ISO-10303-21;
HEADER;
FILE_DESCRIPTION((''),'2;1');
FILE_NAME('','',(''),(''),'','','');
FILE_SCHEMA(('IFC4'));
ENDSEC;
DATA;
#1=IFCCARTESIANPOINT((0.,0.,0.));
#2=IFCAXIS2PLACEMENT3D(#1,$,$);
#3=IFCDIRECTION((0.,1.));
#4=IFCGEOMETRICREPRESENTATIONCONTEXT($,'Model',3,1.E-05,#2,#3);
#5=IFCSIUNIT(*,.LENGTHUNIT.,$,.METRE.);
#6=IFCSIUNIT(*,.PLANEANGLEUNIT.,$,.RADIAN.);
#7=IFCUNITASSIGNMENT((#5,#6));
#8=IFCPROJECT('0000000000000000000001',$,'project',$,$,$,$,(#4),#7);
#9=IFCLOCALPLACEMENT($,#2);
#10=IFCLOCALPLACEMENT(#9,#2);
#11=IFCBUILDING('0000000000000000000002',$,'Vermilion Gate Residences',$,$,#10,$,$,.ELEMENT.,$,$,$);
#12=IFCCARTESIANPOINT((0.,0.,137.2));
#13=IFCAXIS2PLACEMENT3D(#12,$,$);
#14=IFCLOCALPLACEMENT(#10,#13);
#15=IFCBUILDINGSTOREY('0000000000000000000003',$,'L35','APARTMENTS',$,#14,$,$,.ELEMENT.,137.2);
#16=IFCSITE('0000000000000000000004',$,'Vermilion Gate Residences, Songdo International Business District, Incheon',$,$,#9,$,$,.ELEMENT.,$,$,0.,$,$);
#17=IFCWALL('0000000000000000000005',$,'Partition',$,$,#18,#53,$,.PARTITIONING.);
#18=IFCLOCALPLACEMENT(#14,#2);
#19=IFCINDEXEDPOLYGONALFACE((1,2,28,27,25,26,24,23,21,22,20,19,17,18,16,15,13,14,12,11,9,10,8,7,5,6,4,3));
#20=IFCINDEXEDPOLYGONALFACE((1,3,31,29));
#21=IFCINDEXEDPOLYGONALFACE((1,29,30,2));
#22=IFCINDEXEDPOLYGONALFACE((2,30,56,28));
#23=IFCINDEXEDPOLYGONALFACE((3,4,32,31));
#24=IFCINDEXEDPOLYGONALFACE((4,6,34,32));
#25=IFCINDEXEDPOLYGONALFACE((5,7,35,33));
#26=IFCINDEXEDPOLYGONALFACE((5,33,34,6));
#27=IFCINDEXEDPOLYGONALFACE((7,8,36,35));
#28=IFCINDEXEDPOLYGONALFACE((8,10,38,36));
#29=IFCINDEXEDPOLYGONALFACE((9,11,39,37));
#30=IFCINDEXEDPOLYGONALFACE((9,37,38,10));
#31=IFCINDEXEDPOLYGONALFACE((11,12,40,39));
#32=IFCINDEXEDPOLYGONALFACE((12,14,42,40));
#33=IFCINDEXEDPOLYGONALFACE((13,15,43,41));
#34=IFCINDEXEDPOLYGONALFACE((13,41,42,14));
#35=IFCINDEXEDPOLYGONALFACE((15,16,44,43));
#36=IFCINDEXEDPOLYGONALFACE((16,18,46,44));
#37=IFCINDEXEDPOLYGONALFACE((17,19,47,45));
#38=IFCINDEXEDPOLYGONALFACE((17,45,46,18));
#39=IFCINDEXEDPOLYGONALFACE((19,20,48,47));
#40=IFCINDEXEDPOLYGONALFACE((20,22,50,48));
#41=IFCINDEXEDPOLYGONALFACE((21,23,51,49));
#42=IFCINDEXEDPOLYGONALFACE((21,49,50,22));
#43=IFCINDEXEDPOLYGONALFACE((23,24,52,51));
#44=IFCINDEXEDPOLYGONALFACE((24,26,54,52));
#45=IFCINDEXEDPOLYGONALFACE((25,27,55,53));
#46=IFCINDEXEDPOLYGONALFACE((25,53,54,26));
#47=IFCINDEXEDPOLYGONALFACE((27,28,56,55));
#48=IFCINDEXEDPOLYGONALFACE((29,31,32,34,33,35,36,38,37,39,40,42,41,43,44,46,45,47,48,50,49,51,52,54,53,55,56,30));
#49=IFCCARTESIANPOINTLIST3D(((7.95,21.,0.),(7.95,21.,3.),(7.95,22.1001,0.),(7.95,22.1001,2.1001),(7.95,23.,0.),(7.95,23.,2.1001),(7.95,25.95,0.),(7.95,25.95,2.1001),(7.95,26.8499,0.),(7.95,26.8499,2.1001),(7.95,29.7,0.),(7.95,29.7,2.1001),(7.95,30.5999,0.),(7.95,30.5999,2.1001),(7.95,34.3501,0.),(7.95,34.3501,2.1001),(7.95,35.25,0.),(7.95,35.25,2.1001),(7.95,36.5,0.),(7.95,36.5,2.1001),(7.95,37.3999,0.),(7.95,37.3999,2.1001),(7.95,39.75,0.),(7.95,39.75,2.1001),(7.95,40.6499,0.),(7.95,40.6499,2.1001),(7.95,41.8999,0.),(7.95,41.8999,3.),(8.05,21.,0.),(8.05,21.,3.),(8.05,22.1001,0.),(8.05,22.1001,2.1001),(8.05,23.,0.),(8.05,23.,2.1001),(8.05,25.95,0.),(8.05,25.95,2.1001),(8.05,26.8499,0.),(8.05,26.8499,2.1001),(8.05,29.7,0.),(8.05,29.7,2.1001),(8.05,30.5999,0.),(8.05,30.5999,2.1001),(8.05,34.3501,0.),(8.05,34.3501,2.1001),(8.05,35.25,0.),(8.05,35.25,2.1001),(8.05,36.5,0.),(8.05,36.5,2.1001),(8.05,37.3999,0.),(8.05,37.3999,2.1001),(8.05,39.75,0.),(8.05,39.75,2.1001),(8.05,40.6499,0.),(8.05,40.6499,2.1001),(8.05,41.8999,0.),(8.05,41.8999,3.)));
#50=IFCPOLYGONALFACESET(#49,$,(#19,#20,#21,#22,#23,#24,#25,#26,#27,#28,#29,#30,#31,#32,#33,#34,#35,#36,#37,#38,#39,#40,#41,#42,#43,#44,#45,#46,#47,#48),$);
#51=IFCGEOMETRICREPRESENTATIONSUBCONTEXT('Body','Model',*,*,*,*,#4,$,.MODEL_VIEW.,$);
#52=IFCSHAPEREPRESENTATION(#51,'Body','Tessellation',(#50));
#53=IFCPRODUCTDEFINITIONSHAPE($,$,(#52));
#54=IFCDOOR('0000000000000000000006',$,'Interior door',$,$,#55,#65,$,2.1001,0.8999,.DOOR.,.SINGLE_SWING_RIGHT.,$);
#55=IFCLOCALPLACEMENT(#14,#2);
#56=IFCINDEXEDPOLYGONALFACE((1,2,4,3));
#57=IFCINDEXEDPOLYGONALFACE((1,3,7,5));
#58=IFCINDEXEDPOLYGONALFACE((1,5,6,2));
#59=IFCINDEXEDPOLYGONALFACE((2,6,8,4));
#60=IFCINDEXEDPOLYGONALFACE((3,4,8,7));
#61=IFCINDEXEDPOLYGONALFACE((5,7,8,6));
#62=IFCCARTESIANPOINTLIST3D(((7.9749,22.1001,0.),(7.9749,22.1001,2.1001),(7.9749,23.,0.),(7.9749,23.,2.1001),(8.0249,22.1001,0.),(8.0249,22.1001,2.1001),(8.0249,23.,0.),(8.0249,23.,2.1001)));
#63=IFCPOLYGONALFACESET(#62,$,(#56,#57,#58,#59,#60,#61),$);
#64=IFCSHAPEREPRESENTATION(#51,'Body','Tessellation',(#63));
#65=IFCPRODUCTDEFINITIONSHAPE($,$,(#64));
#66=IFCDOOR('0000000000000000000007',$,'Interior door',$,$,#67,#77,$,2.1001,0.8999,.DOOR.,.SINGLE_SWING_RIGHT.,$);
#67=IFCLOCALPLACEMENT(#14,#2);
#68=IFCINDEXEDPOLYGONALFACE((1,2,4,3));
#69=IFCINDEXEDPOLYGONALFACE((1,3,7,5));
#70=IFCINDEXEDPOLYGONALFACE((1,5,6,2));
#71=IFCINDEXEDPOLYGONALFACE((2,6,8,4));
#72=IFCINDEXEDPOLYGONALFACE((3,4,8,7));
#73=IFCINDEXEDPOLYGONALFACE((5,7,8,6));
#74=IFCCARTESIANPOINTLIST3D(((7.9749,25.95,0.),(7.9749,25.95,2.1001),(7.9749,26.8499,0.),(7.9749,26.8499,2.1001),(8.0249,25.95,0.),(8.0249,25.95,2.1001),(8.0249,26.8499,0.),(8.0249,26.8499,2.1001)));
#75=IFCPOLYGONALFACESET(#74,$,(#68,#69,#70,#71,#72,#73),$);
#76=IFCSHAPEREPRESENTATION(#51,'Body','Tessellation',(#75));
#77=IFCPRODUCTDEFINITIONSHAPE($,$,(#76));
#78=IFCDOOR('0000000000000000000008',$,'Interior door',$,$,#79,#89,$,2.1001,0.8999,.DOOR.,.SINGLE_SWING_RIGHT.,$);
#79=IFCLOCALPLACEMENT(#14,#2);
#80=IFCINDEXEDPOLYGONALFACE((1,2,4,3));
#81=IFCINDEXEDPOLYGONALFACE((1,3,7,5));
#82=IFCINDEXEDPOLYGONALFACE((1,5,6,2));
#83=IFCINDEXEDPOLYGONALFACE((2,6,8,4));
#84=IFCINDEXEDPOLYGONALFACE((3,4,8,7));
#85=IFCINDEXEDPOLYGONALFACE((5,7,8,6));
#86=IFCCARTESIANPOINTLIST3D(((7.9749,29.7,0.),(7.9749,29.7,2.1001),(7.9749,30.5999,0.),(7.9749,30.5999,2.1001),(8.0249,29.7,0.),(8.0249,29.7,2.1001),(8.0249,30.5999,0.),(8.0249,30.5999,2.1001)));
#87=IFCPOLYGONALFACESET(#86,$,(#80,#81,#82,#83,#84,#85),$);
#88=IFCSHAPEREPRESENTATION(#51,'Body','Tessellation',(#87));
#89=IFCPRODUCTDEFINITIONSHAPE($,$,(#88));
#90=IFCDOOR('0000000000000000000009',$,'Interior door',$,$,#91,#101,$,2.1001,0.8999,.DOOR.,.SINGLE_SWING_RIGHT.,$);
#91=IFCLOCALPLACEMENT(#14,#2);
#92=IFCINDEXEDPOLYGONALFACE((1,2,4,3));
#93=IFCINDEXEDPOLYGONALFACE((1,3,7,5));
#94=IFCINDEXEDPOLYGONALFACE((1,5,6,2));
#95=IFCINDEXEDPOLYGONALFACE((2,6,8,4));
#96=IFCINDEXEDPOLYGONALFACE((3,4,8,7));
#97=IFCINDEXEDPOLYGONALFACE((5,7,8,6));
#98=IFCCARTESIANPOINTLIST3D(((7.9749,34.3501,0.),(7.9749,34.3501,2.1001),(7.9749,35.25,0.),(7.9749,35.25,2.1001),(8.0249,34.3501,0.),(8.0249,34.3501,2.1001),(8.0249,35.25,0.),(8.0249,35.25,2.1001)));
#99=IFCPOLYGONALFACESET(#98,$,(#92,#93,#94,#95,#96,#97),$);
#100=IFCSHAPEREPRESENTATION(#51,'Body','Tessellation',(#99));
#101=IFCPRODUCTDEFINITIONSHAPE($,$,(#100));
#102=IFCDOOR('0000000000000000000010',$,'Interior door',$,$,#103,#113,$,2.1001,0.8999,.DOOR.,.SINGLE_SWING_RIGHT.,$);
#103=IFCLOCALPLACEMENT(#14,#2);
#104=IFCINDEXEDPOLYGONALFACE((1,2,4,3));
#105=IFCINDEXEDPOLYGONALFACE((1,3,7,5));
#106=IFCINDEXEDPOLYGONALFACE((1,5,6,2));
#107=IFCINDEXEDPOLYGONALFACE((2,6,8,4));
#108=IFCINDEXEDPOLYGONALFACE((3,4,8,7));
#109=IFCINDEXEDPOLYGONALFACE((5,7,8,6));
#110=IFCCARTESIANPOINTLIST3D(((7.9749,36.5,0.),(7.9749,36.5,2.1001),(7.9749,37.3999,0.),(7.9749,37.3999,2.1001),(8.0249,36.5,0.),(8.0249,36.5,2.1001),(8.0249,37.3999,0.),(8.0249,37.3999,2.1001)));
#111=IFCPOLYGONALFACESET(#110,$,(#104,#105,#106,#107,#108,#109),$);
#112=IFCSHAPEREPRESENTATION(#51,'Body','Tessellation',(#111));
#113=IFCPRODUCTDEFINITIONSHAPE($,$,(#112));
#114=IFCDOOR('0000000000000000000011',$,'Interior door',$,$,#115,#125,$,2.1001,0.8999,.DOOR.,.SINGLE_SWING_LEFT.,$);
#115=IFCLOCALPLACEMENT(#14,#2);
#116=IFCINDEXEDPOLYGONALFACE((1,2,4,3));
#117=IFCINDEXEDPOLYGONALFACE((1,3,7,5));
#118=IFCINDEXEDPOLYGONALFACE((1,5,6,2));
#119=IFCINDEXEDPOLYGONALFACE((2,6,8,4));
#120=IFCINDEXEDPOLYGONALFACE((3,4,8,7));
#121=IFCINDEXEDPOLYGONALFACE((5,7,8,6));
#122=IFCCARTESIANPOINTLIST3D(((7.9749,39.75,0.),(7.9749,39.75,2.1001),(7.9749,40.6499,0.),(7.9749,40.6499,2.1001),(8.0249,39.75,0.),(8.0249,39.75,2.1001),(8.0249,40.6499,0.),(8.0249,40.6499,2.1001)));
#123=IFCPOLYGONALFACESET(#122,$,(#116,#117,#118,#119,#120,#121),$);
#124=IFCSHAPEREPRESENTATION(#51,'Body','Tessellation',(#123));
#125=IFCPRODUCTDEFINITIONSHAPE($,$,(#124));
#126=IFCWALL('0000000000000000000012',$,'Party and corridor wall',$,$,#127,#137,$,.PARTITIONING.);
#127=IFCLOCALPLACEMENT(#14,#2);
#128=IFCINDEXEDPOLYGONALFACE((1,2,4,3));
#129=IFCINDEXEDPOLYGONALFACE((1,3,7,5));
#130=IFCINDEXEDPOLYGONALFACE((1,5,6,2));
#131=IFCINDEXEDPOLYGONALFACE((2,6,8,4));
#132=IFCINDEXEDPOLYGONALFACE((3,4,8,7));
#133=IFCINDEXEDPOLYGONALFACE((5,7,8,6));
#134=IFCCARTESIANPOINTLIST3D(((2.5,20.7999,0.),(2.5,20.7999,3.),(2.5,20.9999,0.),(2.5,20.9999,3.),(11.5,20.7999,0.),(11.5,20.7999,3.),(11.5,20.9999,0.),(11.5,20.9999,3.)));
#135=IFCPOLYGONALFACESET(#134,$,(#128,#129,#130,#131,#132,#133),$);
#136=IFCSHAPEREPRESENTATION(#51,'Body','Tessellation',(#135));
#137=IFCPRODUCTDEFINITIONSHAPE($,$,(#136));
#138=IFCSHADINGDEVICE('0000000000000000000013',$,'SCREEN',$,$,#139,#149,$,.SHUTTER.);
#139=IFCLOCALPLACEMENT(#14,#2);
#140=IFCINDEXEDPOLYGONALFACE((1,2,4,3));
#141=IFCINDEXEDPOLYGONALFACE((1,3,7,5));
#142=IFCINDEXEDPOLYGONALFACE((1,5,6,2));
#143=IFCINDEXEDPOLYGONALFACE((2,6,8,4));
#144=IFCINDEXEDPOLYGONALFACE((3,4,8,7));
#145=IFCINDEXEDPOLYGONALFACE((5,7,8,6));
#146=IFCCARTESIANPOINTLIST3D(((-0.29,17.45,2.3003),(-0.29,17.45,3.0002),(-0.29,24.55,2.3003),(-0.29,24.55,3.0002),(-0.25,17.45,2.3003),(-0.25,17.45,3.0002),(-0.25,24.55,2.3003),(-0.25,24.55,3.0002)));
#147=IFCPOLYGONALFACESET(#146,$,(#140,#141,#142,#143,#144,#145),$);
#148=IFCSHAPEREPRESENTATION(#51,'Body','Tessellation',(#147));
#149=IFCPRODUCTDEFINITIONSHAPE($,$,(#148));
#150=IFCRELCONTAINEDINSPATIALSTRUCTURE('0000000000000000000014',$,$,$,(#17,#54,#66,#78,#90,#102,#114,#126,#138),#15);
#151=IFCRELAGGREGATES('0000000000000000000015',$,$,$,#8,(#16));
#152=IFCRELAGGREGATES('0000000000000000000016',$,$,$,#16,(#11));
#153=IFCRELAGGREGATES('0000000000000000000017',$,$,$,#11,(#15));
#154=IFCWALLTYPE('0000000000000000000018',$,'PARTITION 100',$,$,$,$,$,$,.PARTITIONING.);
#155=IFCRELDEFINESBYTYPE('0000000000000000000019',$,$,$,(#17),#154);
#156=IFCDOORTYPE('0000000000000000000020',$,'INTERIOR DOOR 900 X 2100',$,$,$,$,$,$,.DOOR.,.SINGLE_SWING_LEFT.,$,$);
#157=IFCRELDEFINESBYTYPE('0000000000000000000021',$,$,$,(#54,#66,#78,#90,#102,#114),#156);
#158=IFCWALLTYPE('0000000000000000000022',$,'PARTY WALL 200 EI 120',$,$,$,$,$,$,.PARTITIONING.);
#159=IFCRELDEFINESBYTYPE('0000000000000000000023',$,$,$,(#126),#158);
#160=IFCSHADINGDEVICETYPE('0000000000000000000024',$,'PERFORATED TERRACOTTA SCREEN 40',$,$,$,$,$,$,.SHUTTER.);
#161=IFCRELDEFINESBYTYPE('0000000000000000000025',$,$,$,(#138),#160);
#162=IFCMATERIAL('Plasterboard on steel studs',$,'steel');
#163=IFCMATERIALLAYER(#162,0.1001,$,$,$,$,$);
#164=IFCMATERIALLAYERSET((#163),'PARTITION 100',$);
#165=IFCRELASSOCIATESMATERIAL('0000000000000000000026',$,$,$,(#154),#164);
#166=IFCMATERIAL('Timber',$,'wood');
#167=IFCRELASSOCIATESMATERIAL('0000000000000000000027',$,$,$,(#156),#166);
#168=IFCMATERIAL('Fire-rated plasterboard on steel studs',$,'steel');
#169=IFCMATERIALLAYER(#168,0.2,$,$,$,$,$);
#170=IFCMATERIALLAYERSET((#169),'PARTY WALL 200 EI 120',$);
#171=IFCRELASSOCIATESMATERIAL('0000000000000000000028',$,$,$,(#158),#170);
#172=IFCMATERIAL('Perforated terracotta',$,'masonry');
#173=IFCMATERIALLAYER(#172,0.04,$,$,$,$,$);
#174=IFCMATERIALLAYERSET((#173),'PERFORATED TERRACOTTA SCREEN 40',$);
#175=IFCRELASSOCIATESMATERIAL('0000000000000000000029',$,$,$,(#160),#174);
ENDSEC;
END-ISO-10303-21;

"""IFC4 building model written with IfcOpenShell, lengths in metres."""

from ifc_helpers import new_model, si_unit, direction, frame, frame_2d, origin, origin_2d, place, context, subcontext, project, spatial, rectangle, extrude, material, layer, layer_set, type_object, element, fill, save


model = new_model("IFC4")

# Units and contexts
model_context = context("Model", 3, precision=1e-05, world=origin(), true_north=direction((0.0, 1.0)))
body_context = subcontext(model_context, "Body", "Model", "MODEL_VIEW")
ifc_project = project(units=[si_unit("LENGTHUNIT", "METRE"), si_unit("PLANEANGLEUNIT", "RADIAN")], contexts=[model_context])

# Site, building, storey
site_placement = place(None, origin())
site = spatial("IfcSite", under=ifc_project, at=site_placement, Name="Vermilion Gate Residences, Songdo International Business District, Incheon", CompositionType="ELEMENT", RefElevation=0.0)
building_placement = place(site_placement, origin())
building = spatial("IfcBuilding", under=site, at=building_placement, Name="Vermilion Gate Residences", CompositionType="ELEMENT")
storey_placement = place(building_placement, frame((0.0, 0.0, 137.2)))
storey = spatial("IfcBuildingStorey", under=building, at=storey_placement, Name="L35", Description="APARTMENTS", CompositionType="ELEMENT", Elevation=137.2)

# Shared definitions
ifc_material_1 = material(Name="Plasterboard on steel studs", Category="steel")
ifc_layer_1 = layer(ifc_material_1, 0.1001)
ifc_layer_set_1 = layer_set([ifc_layer_1], Name="PARTITION 100")
wall_type_1 = type_object("IfcWallType", Name="PARTITION 100", PredefinedType="PARTITIONING", material=ifc_layer_set_1)

# Shared definitions
ifc_material_2 = material(Name="Timber", Category="wood")
door_type = type_object("IfcDoorType", Name="INTERIOR DOOR 900 X 2100", OperationType="SINGLE_SWING_LEFT", PredefinedType="DOOR", material=ifc_material_2)

# Wall, openings, doors
wall_1_placement = place(storey_placement, frame((8.0, 21.0, 0.0), z_axis=(0.0, 0.0, 1.0), x_axis=(0.0, 1.0, 0.0)))
wall_1 = element("IfcWall", 1, at=wall_1_placement, inside=storey, type_object=wall_type_1, Name="Partition", PredefinedType="PARTITIONING", context=body_context, shape_type="SweptSolid", body=[
    extrude(rectangle(XDim=20.8999, YDim=0.1001, at=frame_2d((10.45, 0.0))), origin(), (0.0, 0.0, 1.0), 3.0),
])
opening_1_placement = place(wall_1_placement, frame((1.1001, 0.0, 0.0)))
opening_1 = element("IfcOpeningElement", 2, at=opening_1_placement, cuts=wall_1, PredefinedType="OPENING", context=body_context, shape_type="SweptSolid", body=[
    extrude(rectangle(XDim=0.8999, YDim=2.1001, at=frame_2d((0.45, 1.05))), frame((0.0, 0.0601, 0.0), z_axis=(0.0, -1.0, 0.0), x_axis=(1.0, 0.0, 0.0)), (0.0, 0.0, 1.0), 0.1201),
])
opening_2_placement = place(wall_1_placement, frame((4.95, 0.0, 0.0)))
opening_2 = element("IfcOpeningElement", 3, at=opening_2_placement, cuts=wall_1, PredefinedType="OPENING", context=body_context, shape_type="SweptSolid", body=[
    extrude(rectangle(XDim=0.8999, YDim=2.1001, at=frame_2d((0.45, 1.05))), frame((0.0, 0.0601, 0.0), z_axis=(0.0, -1.0, 0.0), x_axis=(1.0, 0.0, 0.0)), (0.0, 0.0, 1.0), 0.1201),
])
opening_3_placement = place(wall_1_placement, frame((8.7, 0.0, 0.0)))
opening_3 = element("IfcOpeningElement", 4, at=opening_3_placement, cuts=wall_1, PredefinedType="OPENING", context=body_context, shape_type="SweptSolid", body=[
    extrude(rectangle(XDim=0.8999, YDim=2.1001, at=frame_2d((0.45, 1.05))), frame((0.0, 0.0601, 0.0), z_axis=(0.0, -1.0, 0.0), x_axis=(1.0, 0.0, 0.0)), (0.0, 0.0, 1.0), 0.1201),
])
opening_4_placement = place(wall_1_placement, frame((13.3501, 0.0, 0.0)))
opening_4 = element("IfcOpeningElement", 5, at=opening_4_placement, cuts=wall_1, PredefinedType="OPENING", context=body_context, shape_type="SweptSolid", body=[
    extrude(rectangle(XDim=0.8999, YDim=2.1001, at=frame_2d((0.45, 1.05))), frame((0.0, 0.0601, 0.0), z_axis=(0.0, -1.0, 0.0), x_axis=(1.0, 0.0, 0.0)), (0.0, 0.0, 1.0), 0.1201),
])
opening_5_placement = place(wall_1_placement, frame((15.5, 0.0, 0.0)))
opening_5 = element("IfcOpeningElement", 6, at=opening_5_placement, cuts=wall_1, PredefinedType="OPENING", context=body_context, shape_type="SweptSolid", body=[
    extrude(rectangle(XDim=0.8999, YDim=2.1001, at=frame_2d((0.45, 1.05))), frame((0.0, 0.0601, 0.0), z_axis=(0.0, -1.0, 0.0), x_axis=(1.0, 0.0, 0.0)), (0.0, 0.0, 1.0), 0.1201),
])
opening_6_placement = place(wall_1_placement, frame((18.75, 0.0, 0.0)))
opening_6 = element("IfcOpeningElement", 7, at=opening_6_placement, cuts=wall_1, PredefinedType="OPENING", context=body_context, shape_type="SweptSolid", body=[
    extrude(rectangle(XDim=0.8999, YDim=2.1001, at=frame_2d((0.45, 1.05))), frame((0.0, 0.0601, 0.0), z_axis=(0.0, -1.0, 0.0), x_axis=(1.0, 0.0, 0.0)), (0.0, 0.0, 1.0), 0.1201),
])
door_1_placement = place(opening_1_placement, frame((0.8999, 0.0, 0.0), z_axis=(0.0, 0.0, 1.0), x_axis=(-1.0, 0.0, 0.0)))
door_1 = element("IfcDoor", 8, at=door_1_placement, inside=storey, type_object=door_type, Name="Interior door", OperationType="SINGLE_SWING_RIGHT", OverallHeight=2.1001, OverallWidth=0.8999, PredefinedType="DOOR", context=body_context, shape_type="SweptSolid", body=[
    extrude(rectangle(XDim=0.8999, YDim=2.1001, at=frame_2d((0.45, 1.05))), frame((0.0, 0.0249, 0.0), z_axis=(0.0, -1.0, 0.0), x_axis=(1.0, 0.0, 0.0)), (0.0, 0.0, 1.0), 0.05),
])
fill(opening_1, door_1)
door_2_placement = place(opening_2_placement, frame((0.8999, 0.0, 0.0), z_axis=(0.0, 0.0, 1.0), x_axis=(-1.0, 0.0, 0.0)))
door_2 = element("IfcDoor", 9, at=door_2_placement, inside=storey, type_object=door_type, Name="Interior door", OperationType="SINGLE_SWING_RIGHT", OverallHeight=2.1001, OverallWidth=0.8999, PredefinedType="DOOR", context=body_context, shape_type="SweptSolid", body=[
    extrude(rectangle(XDim=0.8999, YDim=2.1001, at=frame_2d((0.45, 1.05))), frame((0.0, 0.0249, 0.0), z_axis=(0.0, -1.0, 0.0), x_axis=(1.0, 0.0, 0.0)), (0.0, 0.0, 1.0), 0.05),
])
fill(opening_2, door_2)
door_3_placement = place(opening_3_placement, frame((0.8999, 0.0, 0.0), z_axis=(0.0, 0.0, 1.0), x_axis=(-1.0, 0.0, 0.0)))
door_3 = element("IfcDoor", 10, at=door_3_placement, inside=storey, type_object=door_type, Name="Interior door", OperationType="SINGLE_SWING_RIGHT", OverallHeight=2.1001, OverallWidth=0.8999, PredefinedType="DOOR", context=body_context, shape_type="SweptSolid", body=[
    extrude(rectangle(XDim=0.8999, YDim=2.1001, at=frame_2d((0.45, 1.05))), frame((0.0, 0.0249, 0.0), z_axis=(0.0, -1.0, 0.0), x_axis=(1.0, 0.0, 0.0)), (0.0, 0.0, 1.0), 0.05),
])
fill(opening_3, door_3)
door_4_placement = place(opening_4_placement, frame((0.8999, 0.0, 0.0), z_axis=(0.0, 0.0, 1.0), x_axis=(-1.0, 0.0, 0.0)))
door_4 = element("IfcDoor", 11, at=door_4_placement, inside=storey, type_object=door_type, Name="Interior door", OperationType="SINGLE_SWING_RIGHT", OverallHeight=2.1001, OverallWidth=0.8999, PredefinedType="DOOR", context=body_context, shape_type="SweptSolid", body=[
    extrude(rectangle(XDim=0.8999, YDim=2.1001, at=frame_2d((0.45, 1.05))), frame((0.0, 0.0249, 0.0), z_axis=(0.0, -1.0, 0.0), x_axis=(1.0, 0.0, 0.0)), (0.0, 0.0, 1.0), 0.05),
])
fill(opening_4, door_4)
door_5_placement = place(opening_5_placement, frame((0.8999, 0.0, 0.0), z_axis=(0.0, 0.0, 1.0), x_axis=(-1.0, 0.0, 0.0)))
door_5 = element("IfcDoor", 12, at=door_5_placement, inside=storey, type_object=door_type, Name="Interior door", OperationType="SINGLE_SWING_RIGHT", OverallHeight=2.1001, OverallWidth=0.8999, PredefinedType="DOOR", context=body_context, shape_type="SweptSolid", body=[
    extrude(rectangle(XDim=0.8999, YDim=2.1001, at=frame_2d((0.45, 1.05))), frame((0.0, 0.0249, 0.0), z_axis=(0.0, -1.0, 0.0), x_axis=(1.0, 0.0, 0.0)), (0.0, 0.0, 1.0), 0.05),
])
fill(opening_5, door_5)
door_6_placement = place(opening_6_placement, frame((0.8999, 0.0, 0.0), z_axis=(0.0, 0.0, 1.0), x_axis=(-1.0, 0.0, 0.0)))
door_6 = element("IfcDoor", 13, at=door_6_placement, inside=storey, type_object=door_type, Name="Interior door", OperationType="SINGLE_SWING_LEFT", OverallHeight=2.1001, OverallWidth=0.8999, PredefinedType="DOOR", context=body_context, shape_type="SweptSolid", body=[
    extrude(rectangle(XDim=0.8999, YDim=2.1001, at=frame_2d((0.45, 1.05))), frame((0.0, 0.0249, 0.0), z_axis=(0.0, -1.0, 0.0), x_axis=(1.0, 0.0, 0.0)), (0.0, 0.0, 1.0), 0.05),
])
fill(opening_6, door_6)

# Wall
ifc_material_3 = material(Name="Fire-rated plasterboard on steel studs", Category="steel")
ifc_layer_2 = layer(ifc_material_3, 0.2)
ifc_layer_set_2 = layer_set([ifc_layer_2], Name="PARTY WALL 200 EI 120")
wall_type_2 = type_object("IfcWallType", Name="PARTY WALL 200 EI 120", PredefinedType="PARTITIONING", material=ifc_layer_set_2)
wall_2_placement = place(storey_placement, frame((2.5, 20.8999, 0.0), z_axis=(0.0, 0.0, 1.0), x_axis=(1.0, 0.0, 0.0)))
element("IfcWall", 14, at=wall_2_placement, inside=storey, type_object=wall_type_2, Name="Party and corridor wall", PredefinedType="PARTITIONING", context=body_context, shape_type="SweptSolid", body=[
    extrude(rectangle(XDim=9.0, YDim=0.2, at=frame_2d((4.5, 0.0))), origin(), (0.0, 0.0, 1.0), 3.0),
])

# Shading device
ifc_material_4 = material(Name="Perforated terracotta", Category="masonry")
ifc_layer_3 = layer(ifc_material_4, 0.04)
ifc_layer_set_3 = layer_set([ifc_layer_3], Name="PERFORATED TERRACOTTA SCREEN 40")
shading_device_type_1 = type_object("IfcShadingDeviceType", Name="PERFORATED TERRACOTTA SCREEN 40", PredefinedType="SHUTTER", material=ifc_layer_set_3)
shading_device_1_placement = place(storey_placement, frame((-0.27, 21.0, 2.3003), z_axis=(0.0, 0.0, 1.0), x_axis=(0.0, -1.0, 0.0)))
element("IfcShadingDevice", 15, at=shading_device_1_placement, inside=storey, type_object=shading_device_type_1, Name="SCREEN", PredefinedType="SHUTTER", context=body_context, shape_type="SweptSolid", body=[
    extrude(rectangle(XDim=7.1001, YDim=0.04, at=origin_2d()), origin(), (0.0, 0.0, 1.0), 0.7),
])

save(model, "model.ifc")
